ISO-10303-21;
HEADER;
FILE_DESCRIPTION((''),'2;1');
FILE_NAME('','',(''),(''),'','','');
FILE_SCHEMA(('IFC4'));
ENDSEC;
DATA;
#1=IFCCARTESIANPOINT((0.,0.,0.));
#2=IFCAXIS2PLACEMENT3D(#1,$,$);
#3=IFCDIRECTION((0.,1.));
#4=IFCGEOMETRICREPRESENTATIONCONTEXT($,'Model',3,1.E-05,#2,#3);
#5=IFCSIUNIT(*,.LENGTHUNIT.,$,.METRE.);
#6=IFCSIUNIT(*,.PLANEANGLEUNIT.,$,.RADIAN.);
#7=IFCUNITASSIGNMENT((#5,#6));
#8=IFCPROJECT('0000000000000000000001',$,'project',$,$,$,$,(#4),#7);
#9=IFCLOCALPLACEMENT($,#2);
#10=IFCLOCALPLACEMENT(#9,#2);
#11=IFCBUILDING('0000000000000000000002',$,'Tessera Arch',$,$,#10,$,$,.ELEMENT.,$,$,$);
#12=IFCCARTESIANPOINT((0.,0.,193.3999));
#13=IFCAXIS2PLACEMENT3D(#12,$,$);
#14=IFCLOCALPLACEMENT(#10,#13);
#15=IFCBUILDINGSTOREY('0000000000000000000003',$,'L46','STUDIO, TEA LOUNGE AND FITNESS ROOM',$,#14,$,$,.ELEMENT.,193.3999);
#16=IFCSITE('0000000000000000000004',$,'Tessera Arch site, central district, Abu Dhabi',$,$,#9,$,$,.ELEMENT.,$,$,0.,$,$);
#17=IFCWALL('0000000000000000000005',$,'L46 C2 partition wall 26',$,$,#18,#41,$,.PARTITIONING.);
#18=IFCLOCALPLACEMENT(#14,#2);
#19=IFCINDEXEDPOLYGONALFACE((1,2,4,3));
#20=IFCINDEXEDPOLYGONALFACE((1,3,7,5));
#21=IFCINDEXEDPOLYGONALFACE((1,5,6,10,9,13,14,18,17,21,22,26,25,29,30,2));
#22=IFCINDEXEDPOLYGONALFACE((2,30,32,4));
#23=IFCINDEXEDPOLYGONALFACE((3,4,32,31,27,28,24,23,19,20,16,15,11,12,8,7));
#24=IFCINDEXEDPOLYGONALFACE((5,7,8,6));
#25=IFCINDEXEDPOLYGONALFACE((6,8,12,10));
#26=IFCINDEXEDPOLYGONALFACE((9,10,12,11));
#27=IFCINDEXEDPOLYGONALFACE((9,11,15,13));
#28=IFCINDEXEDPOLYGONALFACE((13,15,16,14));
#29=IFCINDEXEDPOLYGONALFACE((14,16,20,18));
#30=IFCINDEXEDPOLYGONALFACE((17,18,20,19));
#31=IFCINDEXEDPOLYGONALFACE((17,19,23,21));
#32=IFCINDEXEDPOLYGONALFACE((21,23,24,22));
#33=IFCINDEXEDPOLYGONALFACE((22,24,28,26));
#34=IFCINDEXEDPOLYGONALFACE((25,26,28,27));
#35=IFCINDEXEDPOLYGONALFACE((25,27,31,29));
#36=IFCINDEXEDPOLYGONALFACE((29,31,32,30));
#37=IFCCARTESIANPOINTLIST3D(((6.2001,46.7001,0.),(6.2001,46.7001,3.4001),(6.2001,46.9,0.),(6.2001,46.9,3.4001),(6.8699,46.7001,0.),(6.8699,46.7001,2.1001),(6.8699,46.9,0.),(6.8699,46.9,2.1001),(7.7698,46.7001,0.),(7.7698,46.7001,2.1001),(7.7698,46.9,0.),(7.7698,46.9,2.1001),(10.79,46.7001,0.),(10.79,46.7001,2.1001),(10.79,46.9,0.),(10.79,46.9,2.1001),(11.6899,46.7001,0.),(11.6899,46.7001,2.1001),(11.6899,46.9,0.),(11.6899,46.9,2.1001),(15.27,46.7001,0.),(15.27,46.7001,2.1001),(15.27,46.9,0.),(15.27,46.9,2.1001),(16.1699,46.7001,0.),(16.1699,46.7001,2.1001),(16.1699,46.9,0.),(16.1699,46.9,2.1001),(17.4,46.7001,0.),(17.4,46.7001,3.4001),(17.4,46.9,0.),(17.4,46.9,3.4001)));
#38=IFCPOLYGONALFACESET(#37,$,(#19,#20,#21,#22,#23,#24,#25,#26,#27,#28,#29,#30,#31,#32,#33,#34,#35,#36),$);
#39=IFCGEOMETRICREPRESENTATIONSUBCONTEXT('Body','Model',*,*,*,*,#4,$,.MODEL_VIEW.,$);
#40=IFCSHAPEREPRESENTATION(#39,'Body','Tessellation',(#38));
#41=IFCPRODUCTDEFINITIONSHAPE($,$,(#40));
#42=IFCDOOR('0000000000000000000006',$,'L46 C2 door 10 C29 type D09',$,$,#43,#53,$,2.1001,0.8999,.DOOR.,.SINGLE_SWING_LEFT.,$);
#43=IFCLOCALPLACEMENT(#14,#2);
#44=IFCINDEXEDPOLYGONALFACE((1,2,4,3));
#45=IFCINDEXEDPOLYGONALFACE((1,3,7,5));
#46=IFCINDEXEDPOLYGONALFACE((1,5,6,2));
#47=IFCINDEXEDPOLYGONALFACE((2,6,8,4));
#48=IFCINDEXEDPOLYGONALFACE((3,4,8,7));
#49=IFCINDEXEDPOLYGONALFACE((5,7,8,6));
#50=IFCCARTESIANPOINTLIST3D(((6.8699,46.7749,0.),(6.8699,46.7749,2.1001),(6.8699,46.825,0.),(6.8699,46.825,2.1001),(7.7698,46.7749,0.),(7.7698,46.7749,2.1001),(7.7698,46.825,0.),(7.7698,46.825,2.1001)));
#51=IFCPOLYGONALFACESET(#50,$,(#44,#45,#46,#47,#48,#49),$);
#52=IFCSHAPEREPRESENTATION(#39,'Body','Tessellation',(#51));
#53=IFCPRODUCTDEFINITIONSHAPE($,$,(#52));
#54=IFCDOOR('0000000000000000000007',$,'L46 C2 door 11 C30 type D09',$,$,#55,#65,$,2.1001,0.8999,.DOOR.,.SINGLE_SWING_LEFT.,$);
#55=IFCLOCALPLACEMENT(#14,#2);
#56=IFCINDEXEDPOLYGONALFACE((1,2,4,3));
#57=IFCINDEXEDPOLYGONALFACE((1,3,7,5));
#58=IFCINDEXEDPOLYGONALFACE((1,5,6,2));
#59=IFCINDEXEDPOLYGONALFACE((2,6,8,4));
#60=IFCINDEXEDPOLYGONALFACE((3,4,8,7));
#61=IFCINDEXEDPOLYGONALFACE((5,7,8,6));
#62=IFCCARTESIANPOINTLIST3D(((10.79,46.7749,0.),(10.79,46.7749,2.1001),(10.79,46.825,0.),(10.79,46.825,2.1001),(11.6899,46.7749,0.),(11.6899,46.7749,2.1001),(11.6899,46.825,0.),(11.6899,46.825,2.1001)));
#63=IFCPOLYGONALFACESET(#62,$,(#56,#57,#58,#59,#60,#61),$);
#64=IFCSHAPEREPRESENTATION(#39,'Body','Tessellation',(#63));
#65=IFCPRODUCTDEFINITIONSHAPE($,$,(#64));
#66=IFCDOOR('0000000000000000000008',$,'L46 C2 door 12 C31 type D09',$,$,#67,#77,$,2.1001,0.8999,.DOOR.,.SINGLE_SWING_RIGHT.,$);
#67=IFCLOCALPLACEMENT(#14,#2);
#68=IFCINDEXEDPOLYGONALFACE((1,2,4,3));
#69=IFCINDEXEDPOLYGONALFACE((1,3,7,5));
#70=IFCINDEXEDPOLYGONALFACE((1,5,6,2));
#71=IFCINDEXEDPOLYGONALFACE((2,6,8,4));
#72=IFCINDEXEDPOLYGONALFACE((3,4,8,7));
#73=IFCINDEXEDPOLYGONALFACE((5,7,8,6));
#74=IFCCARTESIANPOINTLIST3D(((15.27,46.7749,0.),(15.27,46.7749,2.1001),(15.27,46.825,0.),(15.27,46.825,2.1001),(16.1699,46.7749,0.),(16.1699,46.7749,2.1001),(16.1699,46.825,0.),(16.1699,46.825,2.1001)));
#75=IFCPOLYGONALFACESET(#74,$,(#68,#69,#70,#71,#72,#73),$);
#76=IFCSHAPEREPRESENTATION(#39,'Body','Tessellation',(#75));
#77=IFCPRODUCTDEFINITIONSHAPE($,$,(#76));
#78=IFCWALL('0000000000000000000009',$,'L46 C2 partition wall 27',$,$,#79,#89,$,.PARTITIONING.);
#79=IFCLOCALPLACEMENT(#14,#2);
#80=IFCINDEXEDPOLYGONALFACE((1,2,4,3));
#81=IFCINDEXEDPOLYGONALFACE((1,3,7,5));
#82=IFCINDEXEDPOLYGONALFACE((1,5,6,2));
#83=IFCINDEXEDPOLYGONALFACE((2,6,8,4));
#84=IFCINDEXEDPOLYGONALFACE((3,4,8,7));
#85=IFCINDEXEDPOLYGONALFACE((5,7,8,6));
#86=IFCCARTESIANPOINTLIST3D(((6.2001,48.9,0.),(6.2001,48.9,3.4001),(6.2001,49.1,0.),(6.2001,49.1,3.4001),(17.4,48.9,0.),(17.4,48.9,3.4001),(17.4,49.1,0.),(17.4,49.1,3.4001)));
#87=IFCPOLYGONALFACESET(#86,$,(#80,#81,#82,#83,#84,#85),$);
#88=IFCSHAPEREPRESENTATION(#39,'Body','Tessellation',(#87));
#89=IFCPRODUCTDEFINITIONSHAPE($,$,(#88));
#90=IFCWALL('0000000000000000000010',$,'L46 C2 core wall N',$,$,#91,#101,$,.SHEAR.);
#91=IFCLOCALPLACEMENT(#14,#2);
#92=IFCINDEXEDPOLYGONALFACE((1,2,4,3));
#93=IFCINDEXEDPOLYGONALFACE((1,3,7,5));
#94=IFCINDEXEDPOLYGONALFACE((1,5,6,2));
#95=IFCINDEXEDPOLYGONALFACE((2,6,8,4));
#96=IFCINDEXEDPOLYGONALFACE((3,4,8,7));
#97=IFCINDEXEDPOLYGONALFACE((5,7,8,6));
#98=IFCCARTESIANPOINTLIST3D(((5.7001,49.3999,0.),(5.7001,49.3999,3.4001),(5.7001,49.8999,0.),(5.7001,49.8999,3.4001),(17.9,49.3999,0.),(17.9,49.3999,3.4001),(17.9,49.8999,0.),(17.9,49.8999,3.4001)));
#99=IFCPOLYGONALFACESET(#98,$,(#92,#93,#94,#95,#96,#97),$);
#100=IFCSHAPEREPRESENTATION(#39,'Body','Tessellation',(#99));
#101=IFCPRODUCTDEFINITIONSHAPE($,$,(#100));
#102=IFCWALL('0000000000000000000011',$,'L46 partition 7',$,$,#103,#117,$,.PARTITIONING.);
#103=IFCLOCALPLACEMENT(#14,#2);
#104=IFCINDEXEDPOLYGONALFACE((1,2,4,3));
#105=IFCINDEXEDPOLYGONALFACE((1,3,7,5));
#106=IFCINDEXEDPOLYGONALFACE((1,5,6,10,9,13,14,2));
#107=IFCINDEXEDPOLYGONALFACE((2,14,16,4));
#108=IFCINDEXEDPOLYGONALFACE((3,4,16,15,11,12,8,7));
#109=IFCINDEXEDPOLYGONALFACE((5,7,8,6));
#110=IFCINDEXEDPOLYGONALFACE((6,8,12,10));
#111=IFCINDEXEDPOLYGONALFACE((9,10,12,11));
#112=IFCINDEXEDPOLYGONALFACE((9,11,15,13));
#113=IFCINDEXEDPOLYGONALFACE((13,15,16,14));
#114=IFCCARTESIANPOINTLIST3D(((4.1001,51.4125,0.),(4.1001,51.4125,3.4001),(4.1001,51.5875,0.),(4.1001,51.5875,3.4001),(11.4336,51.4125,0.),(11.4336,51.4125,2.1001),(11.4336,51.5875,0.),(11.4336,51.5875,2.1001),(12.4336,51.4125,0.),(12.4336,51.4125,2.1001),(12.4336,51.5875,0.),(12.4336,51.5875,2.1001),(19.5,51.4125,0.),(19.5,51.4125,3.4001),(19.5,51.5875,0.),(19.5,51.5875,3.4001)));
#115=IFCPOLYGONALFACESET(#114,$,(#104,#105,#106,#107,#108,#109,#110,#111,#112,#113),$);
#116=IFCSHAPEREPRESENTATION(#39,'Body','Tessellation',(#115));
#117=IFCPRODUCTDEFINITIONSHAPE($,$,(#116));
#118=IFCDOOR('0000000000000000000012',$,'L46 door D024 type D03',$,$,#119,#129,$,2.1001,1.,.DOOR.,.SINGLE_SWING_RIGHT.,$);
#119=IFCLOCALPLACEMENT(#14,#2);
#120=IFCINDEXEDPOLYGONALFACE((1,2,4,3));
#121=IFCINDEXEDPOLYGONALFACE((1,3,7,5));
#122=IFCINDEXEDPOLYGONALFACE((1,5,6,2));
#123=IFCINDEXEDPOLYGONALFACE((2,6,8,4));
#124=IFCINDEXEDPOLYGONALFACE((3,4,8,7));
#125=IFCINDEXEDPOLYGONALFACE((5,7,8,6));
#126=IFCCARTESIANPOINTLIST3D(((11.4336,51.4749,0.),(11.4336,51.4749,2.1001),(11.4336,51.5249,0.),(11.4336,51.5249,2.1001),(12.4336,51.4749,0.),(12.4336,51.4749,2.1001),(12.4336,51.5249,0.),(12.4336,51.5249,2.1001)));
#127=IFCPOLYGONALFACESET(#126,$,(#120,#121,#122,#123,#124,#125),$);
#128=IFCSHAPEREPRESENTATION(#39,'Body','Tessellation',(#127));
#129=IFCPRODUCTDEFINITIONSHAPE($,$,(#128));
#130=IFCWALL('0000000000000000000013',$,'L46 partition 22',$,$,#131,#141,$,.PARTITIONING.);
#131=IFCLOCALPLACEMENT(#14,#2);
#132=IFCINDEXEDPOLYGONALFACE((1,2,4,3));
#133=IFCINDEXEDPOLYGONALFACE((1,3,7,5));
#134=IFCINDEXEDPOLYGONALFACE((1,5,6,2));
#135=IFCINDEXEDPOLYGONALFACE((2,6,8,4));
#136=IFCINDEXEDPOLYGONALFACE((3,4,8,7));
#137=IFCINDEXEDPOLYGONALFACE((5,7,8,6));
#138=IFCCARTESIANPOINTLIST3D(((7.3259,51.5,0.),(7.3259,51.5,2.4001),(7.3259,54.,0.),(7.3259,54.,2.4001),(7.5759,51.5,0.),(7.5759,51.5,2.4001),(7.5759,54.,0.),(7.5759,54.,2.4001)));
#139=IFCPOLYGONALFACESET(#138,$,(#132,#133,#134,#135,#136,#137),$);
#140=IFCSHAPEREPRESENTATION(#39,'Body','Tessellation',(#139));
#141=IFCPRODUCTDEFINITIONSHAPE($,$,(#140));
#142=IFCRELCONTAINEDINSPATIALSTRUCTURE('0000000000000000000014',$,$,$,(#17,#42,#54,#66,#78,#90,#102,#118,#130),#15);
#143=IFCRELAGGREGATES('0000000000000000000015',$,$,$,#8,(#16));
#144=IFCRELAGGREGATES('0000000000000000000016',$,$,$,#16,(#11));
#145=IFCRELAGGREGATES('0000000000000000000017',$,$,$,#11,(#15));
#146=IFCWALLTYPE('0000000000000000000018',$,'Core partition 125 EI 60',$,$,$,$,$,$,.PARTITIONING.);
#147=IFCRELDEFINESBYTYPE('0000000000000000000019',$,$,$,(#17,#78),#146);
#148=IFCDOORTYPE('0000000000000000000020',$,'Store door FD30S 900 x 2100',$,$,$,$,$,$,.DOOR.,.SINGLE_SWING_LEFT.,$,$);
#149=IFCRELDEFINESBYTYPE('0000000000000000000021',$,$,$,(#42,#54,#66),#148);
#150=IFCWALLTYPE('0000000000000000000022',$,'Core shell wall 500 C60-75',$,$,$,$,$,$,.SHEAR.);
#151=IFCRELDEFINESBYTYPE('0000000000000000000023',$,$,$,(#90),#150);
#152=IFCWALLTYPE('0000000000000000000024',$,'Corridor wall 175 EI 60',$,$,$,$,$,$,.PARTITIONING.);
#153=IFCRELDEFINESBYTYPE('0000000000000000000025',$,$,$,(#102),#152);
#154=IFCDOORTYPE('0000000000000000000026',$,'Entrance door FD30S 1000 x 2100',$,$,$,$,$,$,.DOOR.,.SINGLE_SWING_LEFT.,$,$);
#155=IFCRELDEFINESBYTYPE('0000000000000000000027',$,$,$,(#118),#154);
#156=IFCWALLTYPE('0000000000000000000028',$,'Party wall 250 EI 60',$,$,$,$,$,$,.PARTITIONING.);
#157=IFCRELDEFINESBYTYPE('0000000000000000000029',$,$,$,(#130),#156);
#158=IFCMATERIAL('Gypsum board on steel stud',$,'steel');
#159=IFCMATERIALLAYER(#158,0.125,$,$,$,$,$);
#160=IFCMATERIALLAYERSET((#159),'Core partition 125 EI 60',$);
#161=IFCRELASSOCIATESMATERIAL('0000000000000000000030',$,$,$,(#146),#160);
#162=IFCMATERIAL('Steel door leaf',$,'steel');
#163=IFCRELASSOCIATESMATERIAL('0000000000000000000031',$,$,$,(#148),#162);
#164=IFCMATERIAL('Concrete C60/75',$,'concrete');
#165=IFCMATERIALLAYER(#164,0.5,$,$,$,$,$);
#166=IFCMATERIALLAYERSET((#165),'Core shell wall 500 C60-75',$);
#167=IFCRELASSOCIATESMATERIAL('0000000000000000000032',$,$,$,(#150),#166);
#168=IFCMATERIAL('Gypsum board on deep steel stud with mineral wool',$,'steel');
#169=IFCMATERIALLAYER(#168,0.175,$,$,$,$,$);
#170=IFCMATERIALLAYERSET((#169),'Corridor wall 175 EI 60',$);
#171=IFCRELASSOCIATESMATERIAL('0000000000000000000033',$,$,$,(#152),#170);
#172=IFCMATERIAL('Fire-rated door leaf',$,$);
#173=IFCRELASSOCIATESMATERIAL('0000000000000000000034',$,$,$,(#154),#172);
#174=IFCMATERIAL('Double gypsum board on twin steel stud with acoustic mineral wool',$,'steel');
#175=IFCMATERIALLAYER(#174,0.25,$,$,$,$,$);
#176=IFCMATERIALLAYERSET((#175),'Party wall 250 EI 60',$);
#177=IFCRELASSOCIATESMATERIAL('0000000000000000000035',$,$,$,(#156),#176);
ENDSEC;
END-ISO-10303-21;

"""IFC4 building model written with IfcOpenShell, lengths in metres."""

from ifc_helpers import new_model, si_unit, direction, frame, frame_2d, origin, place, context, subcontext, project, spatial, rectangle, extrude, material, layer, layer_set, type_object, element, fill, save


model = new_model("IFC4")

# Units and contexts
model_context = context("Model", 3, precision=1e-05, world=origin(), true_north=direction((0.0, 1.0)))
body_context = subcontext(model_context, "Body", "Model", "MODEL_VIEW")
ifc_project = project(units=[si_unit("LENGTHUNIT", "METRE"), si_unit("PLANEANGLEUNIT", "RADIAN")], contexts=[model_context])

# Site, building, storey
site_placement = place(None, origin())
site = spatial("IfcSite", under=ifc_project, at=site_placement, Name="Tessera Arch site, central district, Abu Dhabi", CompositionType="ELEMENT", RefElevation=0.0)
building_placement = place(site_placement, origin())
building = spatial("IfcBuilding", under=site, at=building_placement, Name="Tessera Arch", CompositionType="ELEMENT")
storey_placement = place(building_placement, frame((0.0, 0.0, 193.3999)))
storey = spatial("IfcBuildingStorey", under=building, at=storey_placement, Name="L46", Description="STUDIO, TEA LOUNGE AND FITNESS ROOM", CompositionType="ELEMENT", Elevation=193.3999)

# Shared definitions
ifc_material_1 = material(Name="Gypsum board on steel stud", Category="steel")
ifc_layer_1 = layer(ifc_material_1, 0.125)
ifc_layer_set_1 = layer_set([ifc_layer_1], Name="Core partition 125 EI 60")
wall_type_1 = type_object("IfcWallType", Name="Core partition 125 EI 60", PredefinedType="PARTITIONING", material=ifc_layer_set_1)

# Wall, openings, doors
wall_1_placement = place(storey_placement, frame((6.2, 46.8, 0.0), z_axis=(0.0, 0.0, 1.0), x_axis=(1.0, 0.0, 0.0)))
wall_1 = element("IfcWall", 1, at=wall_1_placement, inside=storey, type_object=wall_type_1, Name="L46 C2 partition wall 26", PredefinedType="PARTITIONING", context=body_context, shape_type="SweptSolid", body=[
    extrude(rectangle(XDim=11.2, YDim=0.2, at=frame_2d((5.6001, 0.0))), origin(), (0.0, 0.0, 1.0), 3.4001),
])
opening_1_placement = place(wall_1_placement, frame((0.6699, 0.0, 0.0)))
opening_1 = element("IfcOpeningElement", 2, at=opening_1_placement, cuts=wall_1, PredefinedType="OPENING", context=body_context, shape_type="SweptSolid", body=[
    extrude(rectangle(XDim=0.8999, YDim=2.1001, at=frame_2d((0.45, 1.05))), frame((0.0, 0.1099, 0.0), z_axis=(0.0, -1.0, 0.0), x_axis=(1.0, 0.0, 0.0)), (0.0, 0.0, 1.0), 0.22),
])
opening_2_placement = place(wall_1_placement, frame((4.5901, 0.0, 0.0)))
opening_2 = element("IfcOpeningElement", 3, at=opening_2_placement, cuts=wall_1, PredefinedType="OPENING", context=body_context, shape_type="SweptSolid", body=[
    extrude(rectangle(XDim=0.8999, YDim=2.1001, at=frame_2d((0.45, 1.05))), frame((0.0, 0.1099, 0.0), z_axis=(0.0, -1.0, 0.0), x_axis=(1.0, 0.0, 0.0)), (0.0, 0.0, 1.0), 0.22),
])
opening_3_placement = place(wall_1_placement, frame((9.0701, 0.0, 0.0)))
opening_3 = element("IfcOpeningElement", 4, at=opening_3_placement, cuts=wall_1, PredefinedType="OPENING", context=body_context, shape_type="SweptSolid", body=[
    extrude(rectangle(XDim=0.8999, YDim=2.1001, at=frame_2d((0.45, 1.05))), frame((0.0, 0.1099, 0.0), z_axis=(0.0, -1.0, 0.0), x_axis=(1.0, 0.0, 0.0)), (0.0, 0.0, 1.0), 0.22),
])
ifc_material_2 = material(Name="Steel door leaf", Category="steel")
door_type_1 = type_object("IfcDoorType", Name="Store door FD30S 900 x 2100", OperationType="SINGLE_SWING_LEFT", PredefinedType="DOOR", material=ifc_material_2)
door_1_placement = place(opening_1_placement, origin())
door_1 = element("IfcDoor", 5, at=door_1_placement, inside=storey, type_object=door_type_1, Name="L46 C2 door 10 C29 type D09", OperationType="SINGLE_SWING_LEFT", OverallHeight=2.1001, OverallWidth=0.8999, PredefinedType="DOOR", context=body_context, shape_type="SweptSolid", body=[
    extrude(rectangle(XDim=0.8999, YDim=2.1001, at=frame_2d((0.45, 1.05))), frame((0.0, 0.0249, 0.0), z_axis=(0.0, -1.0, 0.0), x_axis=(1.0, 0.0, 0.0)), (0.0, 0.0, 1.0), 0.05),
])
fill(opening_1, door_1)
door_2_placement = place(opening_2_placement, origin())
door_2 = element("IfcDoor", 6, at=door_2_placement, inside=storey, type_object=door_type_1, Name="L46 C2 door 11 C30 type D09", OperationType="SINGLE_SWING_LEFT", OverallHeight=2.1001, OverallWidth=0.8999, PredefinedType="DOOR", context=body_context, shape_type="SweptSolid", body=[
    extrude(rectangle(XDim=0.8999, YDim=2.1001, at=frame_2d((0.45, 1.05))), frame((0.0, 0.0249, 0.0), z_axis=(0.0, -1.0, 0.0), x_axis=(1.0, 0.0, 0.0)), (0.0, 0.0, 1.0), 0.05),
])
fill(opening_2, door_2)
door_3_placement = place(opening_3_placement, origin())
door_3 = element("IfcDoor", 7, at=door_3_placement, inside=storey, type_object=door_type_1, Name="L46 C2 door 12 C31 type D09", OperationType="SINGLE_SWING_RIGHT", OverallHeight=2.1001, OverallWidth=0.8999, PredefinedType="DOOR", context=body_context, shape_type="SweptSolid", body=[
    extrude(rectangle(XDim=0.8999, YDim=2.1001, at=frame_2d((0.45, 1.05))), frame((0.0, 0.0249, 0.0), z_axis=(0.0, -1.0, 0.0), x_axis=(1.0, 0.0, 0.0)), (0.0, 0.0, 1.0), 0.05),
])
fill(opening_3, door_3)

# Walls
wall_2_placement = place(storey_placement, frame((6.2, 49.0, 0.0), z_axis=(0.0, 0.0, 1.0), x_axis=(1.0, 0.0, 0.0)))
element("IfcWall", 8, at=wall_2_placement, inside=storey, type_object=wall_type_1, Name="L46 C2 partition wall 27", PredefinedType="PARTITIONING", context=body_context, shape_type="SweptSolid", body=[
    extrude(rectangle(XDim=11.2, YDim=0.2, at=frame_2d((5.6001, 0.0))), origin(), (0.0, 0.0, 1.0), 3.4001),
])
ifc_material_3 = material(Name="Concrete C60/75", Category="concrete")
ifc_layer_2 = layer(ifc_material_3, 0.5)
ifc_layer_set_2 = layer_set([ifc_layer_2], Name="Core shell wall 500 C60-75")
wall_type_2 = type_object("IfcWallType", Name="Core shell wall 500 C60-75", PredefinedType="SHEAR", material=ifc_layer_set_2)
wall_3_placement = place(storey_placement, frame((5.7, 49.6499, 0.0), z_axis=(0.0, 0.0, 1.0), x_axis=(1.0, 0.0, 0.0)))
element("IfcWall", 9, at=wall_3_placement, inside=storey, type_object=wall_type_2, Name="L46 C2 core wall N", PredefinedType="SHEAR", context=body_context, shape_type="SweptSolid", body=[
    extrude(rectangle(XDim=12.2, YDim=0.5, at=frame_2d((6.1001, 0.0))), origin(), (0.0, 0.0, 1.0), 3.4001),
])

# Wall, opening, door
ifc_material_4 = material(Name="Gypsum board on deep steel stud with mineral wool", Category="steel")
ifc_layer_3 = layer(ifc_material_4, 0.175)
ifc_layer_set_3 = layer_set([ifc_layer_3], Name="Corridor wall 175 EI 60")
wall_type_3 = type_object("IfcWallType", Name="Corridor wall 175 EI 60", PredefinedType="PARTITIONING", material=ifc_layer_set_3)
wall_4_placement = place(storey_placement, frame((4.1001, 51.5, 0.0), z_axis=(0.0, 0.0, 1.0), x_axis=(1.0, 0.0, 0.0)))
wall_4 = element("IfcWall", 10, at=wall_4_placement, inside=storey, type_object=wall_type_3, Name="L46 partition 7", PredefinedType="PARTITIONING", context=body_context, shape_type="SweptSolid", body=[
    extrude(rectangle(XDim=15.3999, YDim=0.175, at=frame_2d((7.7, 0.0))), origin(), (0.0, 0.0, 1.0), 3.4001),
])
opening_4_placement = place(wall_4_placement, frame((7.3335, 0.0, 0.0)))
opening_4 = element("IfcOpeningElement", 11, at=opening_4_placement, cuts=wall_4, PredefinedType="OPENING", context=body_context, shape_type="SweptSolid", body=[
    extrude(rectangle(XDim=1.0, YDim=2.1001, at=frame_2d((0.5, 1.05))), frame((0.0, 0.0974, 0.0), z_axis=(0.0, -1.0, 0.0), x_axis=(1.0, 0.0, 0.0)), (0.0, 0.0, 1.0), 0.1951),
])
ifc_material_5 = material(Name="Fire-rated door leaf")
door_type_2 = type_object("IfcDoorType", Name="Entrance door FD30S 1000 x 2100", OperationType="SINGLE_SWING_LEFT", PredefinedType="DOOR", material=ifc_material_5)
door_4_placement = place(opening_4_placement, origin())
door_4 = element("IfcDoor", 12, at=door_4_placement, inside=storey, type_object=door_type_2, Name="L46 door D024 type D03", OperationType="SINGLE_SWING_RIGHT", OverallHeight=2.1001, OverallWidth=1.0, PredefinedType="DOOR", context=body_context, shape_type="SweptSolid", body=[
    extrude(rectangle(XDim=1.0, YDim=2.1001, at=frame_2d((0.5, 1.05))), frame((0.0, 0.0249, 0.0), z_axis=(0.0, -1.0, 0.0), x_axis=(1.0, 0.0, 0.0)), (0.0, 0.0, 1.0), 0.05),
])
fill(opening_4, door_4)

# Wall
ifc_material_6 = material(Name="Double gypsum board on twin steel stud with acoustic mineral wool", Category="steel")
ifc_layer_4 = layer(ifc_material_6, 0.25)
ifc_layer_set_4 = layer_set([ifc_layer_4], Name="Party wall 250 EI 60")
wall_type_4 = type_object("IfcWallType", Name="Party wall 250 EI 60", PredefinedType="PARTITIONING", material=ifc_layer_set_4)
wall_5_placement = place(storey_placement, frame((7.4509, 51.5, 0.0), z_axis=(0.0, 0.0, 1.0), x_axis=(0.0, 1.0, 0.0)))
element("IfcWall", 13, at=wall_5_placement, inside=storey, type_object=wall_type_4, Name="L46 partition 22", PredefinedType="PARTITIONING", context=body_context, shape_type="SweptSolid", body=[
    extrude(rectangle(XDim=2.5, YDim=0.25, at=frame_2d((1.25, 0.0))), origin(), (0.0, 0.0, 1.0), 2.4001),
])

save(model, "model.ifc")
